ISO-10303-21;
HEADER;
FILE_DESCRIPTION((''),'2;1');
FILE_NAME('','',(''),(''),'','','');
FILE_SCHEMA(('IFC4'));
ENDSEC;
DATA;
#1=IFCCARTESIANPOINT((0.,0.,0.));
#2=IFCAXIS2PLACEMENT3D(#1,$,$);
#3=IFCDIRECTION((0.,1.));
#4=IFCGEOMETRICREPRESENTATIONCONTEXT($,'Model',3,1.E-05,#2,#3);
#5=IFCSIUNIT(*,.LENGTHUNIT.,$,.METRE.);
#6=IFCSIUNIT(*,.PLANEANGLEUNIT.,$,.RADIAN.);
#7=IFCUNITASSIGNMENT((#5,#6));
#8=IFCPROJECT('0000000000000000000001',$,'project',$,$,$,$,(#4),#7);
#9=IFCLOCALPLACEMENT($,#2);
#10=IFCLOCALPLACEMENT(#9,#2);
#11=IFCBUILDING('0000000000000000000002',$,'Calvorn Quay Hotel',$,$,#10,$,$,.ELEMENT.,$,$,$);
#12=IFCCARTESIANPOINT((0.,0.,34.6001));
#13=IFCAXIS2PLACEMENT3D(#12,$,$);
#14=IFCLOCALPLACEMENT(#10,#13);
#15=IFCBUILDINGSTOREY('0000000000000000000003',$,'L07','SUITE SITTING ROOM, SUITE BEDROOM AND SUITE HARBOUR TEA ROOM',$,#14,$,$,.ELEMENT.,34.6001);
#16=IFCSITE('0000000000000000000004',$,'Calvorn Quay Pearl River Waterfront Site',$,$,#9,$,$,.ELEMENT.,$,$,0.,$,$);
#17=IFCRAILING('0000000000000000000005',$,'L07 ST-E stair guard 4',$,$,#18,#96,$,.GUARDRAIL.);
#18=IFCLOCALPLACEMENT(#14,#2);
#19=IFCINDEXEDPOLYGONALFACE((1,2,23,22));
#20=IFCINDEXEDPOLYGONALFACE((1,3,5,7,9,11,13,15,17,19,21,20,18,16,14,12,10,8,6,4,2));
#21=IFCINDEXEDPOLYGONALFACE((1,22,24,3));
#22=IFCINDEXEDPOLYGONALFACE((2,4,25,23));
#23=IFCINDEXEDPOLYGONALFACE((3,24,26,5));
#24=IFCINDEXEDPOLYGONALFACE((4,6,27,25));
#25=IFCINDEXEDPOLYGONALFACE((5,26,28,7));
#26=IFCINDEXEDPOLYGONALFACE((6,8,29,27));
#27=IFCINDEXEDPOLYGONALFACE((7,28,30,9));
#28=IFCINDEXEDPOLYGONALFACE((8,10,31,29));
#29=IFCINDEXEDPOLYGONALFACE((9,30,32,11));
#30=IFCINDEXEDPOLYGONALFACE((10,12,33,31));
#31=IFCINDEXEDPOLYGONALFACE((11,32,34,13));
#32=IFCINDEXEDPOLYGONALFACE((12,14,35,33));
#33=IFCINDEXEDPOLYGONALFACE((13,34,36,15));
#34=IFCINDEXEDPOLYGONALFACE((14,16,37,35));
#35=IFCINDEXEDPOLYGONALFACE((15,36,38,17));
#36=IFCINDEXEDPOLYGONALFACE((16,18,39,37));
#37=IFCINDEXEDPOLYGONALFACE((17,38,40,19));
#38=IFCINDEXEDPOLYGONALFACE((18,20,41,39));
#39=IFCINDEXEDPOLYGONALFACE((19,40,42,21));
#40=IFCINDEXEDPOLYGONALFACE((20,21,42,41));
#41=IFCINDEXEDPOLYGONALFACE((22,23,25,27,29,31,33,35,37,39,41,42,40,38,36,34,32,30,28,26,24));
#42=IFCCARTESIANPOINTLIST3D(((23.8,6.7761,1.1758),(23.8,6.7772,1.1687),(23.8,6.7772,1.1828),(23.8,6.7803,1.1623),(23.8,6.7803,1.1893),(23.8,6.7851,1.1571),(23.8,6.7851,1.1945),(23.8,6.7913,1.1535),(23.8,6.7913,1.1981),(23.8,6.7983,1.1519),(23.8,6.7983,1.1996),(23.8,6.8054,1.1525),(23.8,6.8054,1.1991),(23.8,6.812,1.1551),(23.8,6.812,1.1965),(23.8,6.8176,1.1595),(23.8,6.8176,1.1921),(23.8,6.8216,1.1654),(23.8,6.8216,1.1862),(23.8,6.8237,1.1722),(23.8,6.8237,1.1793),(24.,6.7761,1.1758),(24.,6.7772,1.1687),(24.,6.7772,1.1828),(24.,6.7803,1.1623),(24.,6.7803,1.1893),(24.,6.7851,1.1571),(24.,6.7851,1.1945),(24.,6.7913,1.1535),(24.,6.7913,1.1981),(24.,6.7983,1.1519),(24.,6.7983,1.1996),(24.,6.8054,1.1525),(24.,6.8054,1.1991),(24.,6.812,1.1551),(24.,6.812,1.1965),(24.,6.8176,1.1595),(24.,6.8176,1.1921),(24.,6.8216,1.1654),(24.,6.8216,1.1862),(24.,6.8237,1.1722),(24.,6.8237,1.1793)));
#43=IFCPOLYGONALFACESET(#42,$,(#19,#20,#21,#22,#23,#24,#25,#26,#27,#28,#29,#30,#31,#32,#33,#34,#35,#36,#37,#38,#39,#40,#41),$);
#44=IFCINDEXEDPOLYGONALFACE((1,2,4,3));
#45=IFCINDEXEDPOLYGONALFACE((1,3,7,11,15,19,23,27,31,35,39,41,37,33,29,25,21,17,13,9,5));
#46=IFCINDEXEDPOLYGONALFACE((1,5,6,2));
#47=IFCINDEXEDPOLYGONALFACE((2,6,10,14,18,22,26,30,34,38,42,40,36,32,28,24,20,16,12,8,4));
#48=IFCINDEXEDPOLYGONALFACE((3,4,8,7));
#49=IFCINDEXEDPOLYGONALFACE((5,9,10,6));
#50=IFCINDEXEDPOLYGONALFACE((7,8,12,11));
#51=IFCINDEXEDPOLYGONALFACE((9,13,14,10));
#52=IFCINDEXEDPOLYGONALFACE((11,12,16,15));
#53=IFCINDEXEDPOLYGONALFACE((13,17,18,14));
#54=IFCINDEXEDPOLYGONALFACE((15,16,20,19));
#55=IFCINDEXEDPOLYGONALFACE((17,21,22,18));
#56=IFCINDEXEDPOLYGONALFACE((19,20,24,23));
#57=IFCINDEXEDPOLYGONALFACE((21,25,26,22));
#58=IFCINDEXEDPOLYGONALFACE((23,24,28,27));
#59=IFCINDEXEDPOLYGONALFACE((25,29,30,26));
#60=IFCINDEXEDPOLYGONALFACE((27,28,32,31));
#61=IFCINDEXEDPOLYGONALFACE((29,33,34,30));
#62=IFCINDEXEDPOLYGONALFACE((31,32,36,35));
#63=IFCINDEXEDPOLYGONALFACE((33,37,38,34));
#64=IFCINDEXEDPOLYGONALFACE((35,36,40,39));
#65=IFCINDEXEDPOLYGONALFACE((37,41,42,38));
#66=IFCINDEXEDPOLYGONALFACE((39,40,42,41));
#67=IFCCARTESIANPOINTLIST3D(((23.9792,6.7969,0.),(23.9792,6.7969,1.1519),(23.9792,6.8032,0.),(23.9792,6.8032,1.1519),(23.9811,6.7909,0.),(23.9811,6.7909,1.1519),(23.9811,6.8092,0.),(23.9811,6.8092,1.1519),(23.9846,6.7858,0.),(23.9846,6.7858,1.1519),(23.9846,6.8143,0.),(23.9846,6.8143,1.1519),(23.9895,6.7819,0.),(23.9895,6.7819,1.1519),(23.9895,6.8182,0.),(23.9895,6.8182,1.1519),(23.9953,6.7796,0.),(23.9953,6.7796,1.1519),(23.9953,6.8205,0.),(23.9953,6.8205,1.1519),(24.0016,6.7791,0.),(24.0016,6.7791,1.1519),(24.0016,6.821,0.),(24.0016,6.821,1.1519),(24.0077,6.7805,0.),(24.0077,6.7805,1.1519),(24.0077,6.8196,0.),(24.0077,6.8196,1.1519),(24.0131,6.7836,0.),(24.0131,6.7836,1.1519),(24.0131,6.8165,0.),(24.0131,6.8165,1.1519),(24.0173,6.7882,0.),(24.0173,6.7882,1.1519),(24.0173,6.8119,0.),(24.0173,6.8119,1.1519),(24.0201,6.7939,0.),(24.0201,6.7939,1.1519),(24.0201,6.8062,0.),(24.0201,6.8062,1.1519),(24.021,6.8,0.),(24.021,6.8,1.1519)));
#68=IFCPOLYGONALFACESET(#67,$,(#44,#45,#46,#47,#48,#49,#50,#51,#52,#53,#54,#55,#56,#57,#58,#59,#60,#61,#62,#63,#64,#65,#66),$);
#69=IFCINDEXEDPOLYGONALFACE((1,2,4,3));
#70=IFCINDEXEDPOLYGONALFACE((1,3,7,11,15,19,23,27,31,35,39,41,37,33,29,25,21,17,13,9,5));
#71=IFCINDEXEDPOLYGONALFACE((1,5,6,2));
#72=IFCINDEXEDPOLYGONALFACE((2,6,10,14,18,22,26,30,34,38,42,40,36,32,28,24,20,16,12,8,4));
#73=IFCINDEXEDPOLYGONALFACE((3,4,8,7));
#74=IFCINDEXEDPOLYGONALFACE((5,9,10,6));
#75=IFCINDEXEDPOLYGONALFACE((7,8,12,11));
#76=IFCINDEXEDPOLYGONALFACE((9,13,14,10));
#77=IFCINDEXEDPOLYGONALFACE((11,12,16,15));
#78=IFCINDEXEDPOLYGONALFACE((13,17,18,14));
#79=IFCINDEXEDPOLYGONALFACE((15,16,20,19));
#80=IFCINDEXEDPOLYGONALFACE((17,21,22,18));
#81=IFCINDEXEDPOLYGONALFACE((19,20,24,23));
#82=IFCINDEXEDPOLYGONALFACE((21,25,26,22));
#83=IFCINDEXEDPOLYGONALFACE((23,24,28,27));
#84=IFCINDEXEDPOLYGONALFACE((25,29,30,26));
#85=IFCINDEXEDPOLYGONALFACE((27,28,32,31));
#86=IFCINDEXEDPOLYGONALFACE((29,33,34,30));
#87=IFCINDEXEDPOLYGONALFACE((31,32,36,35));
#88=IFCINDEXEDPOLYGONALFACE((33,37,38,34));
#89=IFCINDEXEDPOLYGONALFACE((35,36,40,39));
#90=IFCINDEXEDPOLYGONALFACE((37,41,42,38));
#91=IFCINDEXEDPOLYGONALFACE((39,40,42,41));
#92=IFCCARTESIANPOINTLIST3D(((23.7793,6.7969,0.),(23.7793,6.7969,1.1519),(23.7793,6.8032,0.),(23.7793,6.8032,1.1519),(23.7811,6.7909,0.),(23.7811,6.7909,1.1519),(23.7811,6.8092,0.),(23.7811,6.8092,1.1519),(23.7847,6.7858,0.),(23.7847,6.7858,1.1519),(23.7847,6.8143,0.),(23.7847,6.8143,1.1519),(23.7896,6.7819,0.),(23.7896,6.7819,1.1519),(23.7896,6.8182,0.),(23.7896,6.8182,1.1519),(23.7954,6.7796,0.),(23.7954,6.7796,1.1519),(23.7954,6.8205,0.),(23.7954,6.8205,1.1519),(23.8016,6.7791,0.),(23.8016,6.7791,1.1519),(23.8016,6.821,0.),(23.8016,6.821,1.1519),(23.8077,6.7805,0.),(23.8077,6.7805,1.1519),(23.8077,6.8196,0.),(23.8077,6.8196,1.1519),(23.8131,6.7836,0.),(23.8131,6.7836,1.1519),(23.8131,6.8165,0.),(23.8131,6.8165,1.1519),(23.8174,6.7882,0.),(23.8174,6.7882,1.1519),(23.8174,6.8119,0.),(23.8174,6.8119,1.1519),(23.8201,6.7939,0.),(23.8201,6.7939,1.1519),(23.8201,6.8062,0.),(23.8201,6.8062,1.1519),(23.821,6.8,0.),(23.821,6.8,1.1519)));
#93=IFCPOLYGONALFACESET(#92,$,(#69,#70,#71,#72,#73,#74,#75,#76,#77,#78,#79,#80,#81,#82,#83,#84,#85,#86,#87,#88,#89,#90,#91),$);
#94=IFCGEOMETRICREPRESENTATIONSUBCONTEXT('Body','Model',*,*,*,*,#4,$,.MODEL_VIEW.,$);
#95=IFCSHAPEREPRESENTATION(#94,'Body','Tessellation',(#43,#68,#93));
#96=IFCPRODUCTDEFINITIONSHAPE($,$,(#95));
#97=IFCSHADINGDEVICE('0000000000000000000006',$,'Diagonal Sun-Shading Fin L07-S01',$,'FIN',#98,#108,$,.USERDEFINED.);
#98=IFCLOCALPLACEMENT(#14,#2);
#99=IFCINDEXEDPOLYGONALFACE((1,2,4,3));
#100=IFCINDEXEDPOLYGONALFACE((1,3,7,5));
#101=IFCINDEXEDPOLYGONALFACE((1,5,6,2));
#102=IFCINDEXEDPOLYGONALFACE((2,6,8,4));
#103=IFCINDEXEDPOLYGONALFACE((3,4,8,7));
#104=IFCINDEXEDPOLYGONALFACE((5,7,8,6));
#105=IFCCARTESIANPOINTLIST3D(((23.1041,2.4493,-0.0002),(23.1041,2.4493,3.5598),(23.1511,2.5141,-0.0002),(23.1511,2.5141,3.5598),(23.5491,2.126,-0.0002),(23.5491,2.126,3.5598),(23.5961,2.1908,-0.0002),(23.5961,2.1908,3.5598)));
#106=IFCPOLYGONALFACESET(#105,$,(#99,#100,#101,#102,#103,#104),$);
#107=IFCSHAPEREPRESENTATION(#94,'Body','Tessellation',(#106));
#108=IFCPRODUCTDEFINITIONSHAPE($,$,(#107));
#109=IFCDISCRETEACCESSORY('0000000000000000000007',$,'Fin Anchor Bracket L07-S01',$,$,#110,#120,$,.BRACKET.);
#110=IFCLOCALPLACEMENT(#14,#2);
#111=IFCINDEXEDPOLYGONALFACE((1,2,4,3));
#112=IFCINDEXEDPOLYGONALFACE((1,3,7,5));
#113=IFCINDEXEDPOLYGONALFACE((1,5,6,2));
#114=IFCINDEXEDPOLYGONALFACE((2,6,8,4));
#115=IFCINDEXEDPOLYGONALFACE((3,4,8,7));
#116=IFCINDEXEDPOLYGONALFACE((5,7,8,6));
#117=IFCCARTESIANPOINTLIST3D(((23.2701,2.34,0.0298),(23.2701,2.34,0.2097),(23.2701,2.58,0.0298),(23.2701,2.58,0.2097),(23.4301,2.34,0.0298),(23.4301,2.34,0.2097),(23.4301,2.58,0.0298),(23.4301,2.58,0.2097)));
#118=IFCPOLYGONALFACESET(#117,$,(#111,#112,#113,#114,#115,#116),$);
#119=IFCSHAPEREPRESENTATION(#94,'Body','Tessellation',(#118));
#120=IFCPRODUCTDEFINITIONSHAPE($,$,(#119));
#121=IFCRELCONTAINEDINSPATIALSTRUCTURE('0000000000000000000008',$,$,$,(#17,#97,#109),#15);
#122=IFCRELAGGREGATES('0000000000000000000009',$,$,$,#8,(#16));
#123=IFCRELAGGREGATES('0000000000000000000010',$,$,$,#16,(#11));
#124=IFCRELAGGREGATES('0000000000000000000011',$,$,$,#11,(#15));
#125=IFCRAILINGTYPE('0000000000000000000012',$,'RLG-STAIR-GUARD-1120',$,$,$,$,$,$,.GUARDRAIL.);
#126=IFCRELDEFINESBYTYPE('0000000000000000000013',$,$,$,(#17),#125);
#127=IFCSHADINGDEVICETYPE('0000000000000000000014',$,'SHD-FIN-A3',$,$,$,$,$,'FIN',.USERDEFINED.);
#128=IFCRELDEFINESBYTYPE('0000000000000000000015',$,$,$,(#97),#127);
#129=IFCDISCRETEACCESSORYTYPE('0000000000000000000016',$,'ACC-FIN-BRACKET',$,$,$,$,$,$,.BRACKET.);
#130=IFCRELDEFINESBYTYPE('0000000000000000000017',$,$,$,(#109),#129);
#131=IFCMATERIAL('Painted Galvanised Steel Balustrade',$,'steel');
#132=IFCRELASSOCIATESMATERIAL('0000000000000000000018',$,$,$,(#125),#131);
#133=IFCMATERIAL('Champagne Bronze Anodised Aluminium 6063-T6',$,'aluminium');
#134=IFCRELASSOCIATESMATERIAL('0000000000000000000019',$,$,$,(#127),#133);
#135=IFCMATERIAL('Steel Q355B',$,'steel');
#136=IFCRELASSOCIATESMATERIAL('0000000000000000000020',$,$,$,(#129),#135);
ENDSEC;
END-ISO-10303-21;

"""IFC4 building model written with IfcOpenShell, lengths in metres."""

from ifc_helpers import new_model, si_unit, direction, frame, origin, origin_2d, place, context, subcontext, project, spatial, rectangle, circle, extrude, material, type_object, element, save


model = new_model("IFC4")

# Units and contexts
model_context = context("Model", 3, precision=1e-05, world=origin(), true_north=direction((0.0, 1.0)))
body_context = subcontext(model_context, "Body", "Model", "MODEL_VIEW")
ifc_project = project(units=[si_unit("LENGTHUNIT", "METRE"), si_unit("PLANEANGLEUNIT", "RADIAN")], contexts=[model_context])

# Site, building, storey
site_placement = place(None, origin())
site = spatial("IfcSite", under=ifc_project, at=site_placement, Name="Calvorn Quay Pearl River Waterfront Site", CompositionType="ELEMENT", RefElevation=0.0)
building_placement = place(site_placement, origin())
building = spatial("IfcBuilding", under=site, at=building_placement, Name="Calvorn Quay Hotel", CompositionType="ELEMENT")
storey_placement = place(building_placement, frame((0.0, 0.0, 34.6001)))
storey = spatial("IfcBuildingStorey", under=building, at=storey_placement, Name="L07", Description="SUITE SITTING ROOM, SUITE BEDROOM AND SUITE HARBOUR TEA ROOM", CompositionType="ELEMENT", Elevation=34.6001)

# Railing
ifc_material_1 = material(Name="Painted Galvanised Steel Balustrade", Category="steel")
railing_type_1 = type_object("IfcRailingType", Name="RLG-STAIR-GUARD-1120", PredefinedType="GUARDRAIL", material=ifc_material_1)
railing_1_placement = place(storey_placement, frame((24.0, 6.8, 0.0)))
element("IfcRailing", 1, at=railing_1_placement, inside=storey, type_object=railing_type_1, Name="L07 ST-E stair guard 4", PredefinedType="GUARDRAIL", context=body_context, shape_type="SweptSolid", body=[
    extrude(circle(Radius=0.0239, at=origin_2d()), frame((0.0, 0.0, 1.1758), z_axis=(-1.0, 0.0, 0.0), x_axis=(0.0, -1.0, 0.0)), (0.0, 0.0, 1.0), 0.2),
    extrude(circle(Radius=0.021, at=origin_2d()), origin(), (0.0, 0.0, 1.0), 1.1519),
    extrude(circle(Radius=0.021, at=origin_2d()), frame((-0.2, 0.0, 0.0)), (0.0, 0.0, 1.0), 1.1519),
])

# Shading device
ifc_material_2 = material(Name="Champagne Bronze Anodised Aluminium 6063-T6", Category="aluminium")
shading_device_type = type_object("IfcShadingDeviceType", Name="SHD-FIN-A3", ElementType="FIN", PredefinedType="USERDEFINED", material=ifc_material_2)
shading_device_placement = place(storey_placement, frame((23.3501, 2.3201, -0.0002), z_axis=(0.0, 0.0, 1.0), x_axis=(-0.809017, 0.587785, 0.0)))
element("IfcShadingDevice", 2, at=shading_device_placement, inside=storey, type_object=shading_device_type, Name="Diagonal Sun-Shading Fin L07-S01", ObjectType="FIN", PredefinedType="USERDEFINED", context=body_context, shape_type="SweptSolid", body=[
    extrude(rectangle(XDim=0.55, YDim=0.0801, at=origin_2d()), origin(), (0.0, 0.0, 1.0), 3.5601),
])

# Discrete accessory
ifc_material_3 = material(Name="Steel Q355B", Category="steel")
discrete_accessory_type = type_object("IfcDiscreteAccessoryType", Name="ACC-FIN-BRACKET", PredefinedType="BRACKET", material=ifc_material_3)
discrete_accessory_placement = place(storey_placement, frame((23.3501, 2.46, 0.0298), z_axis=(0.0, 0.0, 1.0), x_axis=(0.0, 1.0, 0.0)))
element("IfcDiscreteAccessory", 3, at=discrete_accessory_placement, inside=storey, type_object=discrete_accessory_type, Name="Fin Anchor Bracket L07-S01", PredefinedType="BRACKET", context=body_context, shape_type="SweptSolid", body=[
    extrude(rectangle(XDim=0.24, YDim=0.1599, at=origin_2d()), origin(), (0.0, 0.0, 1.0), 0.1799),
])

save(model, "model.ifc")
